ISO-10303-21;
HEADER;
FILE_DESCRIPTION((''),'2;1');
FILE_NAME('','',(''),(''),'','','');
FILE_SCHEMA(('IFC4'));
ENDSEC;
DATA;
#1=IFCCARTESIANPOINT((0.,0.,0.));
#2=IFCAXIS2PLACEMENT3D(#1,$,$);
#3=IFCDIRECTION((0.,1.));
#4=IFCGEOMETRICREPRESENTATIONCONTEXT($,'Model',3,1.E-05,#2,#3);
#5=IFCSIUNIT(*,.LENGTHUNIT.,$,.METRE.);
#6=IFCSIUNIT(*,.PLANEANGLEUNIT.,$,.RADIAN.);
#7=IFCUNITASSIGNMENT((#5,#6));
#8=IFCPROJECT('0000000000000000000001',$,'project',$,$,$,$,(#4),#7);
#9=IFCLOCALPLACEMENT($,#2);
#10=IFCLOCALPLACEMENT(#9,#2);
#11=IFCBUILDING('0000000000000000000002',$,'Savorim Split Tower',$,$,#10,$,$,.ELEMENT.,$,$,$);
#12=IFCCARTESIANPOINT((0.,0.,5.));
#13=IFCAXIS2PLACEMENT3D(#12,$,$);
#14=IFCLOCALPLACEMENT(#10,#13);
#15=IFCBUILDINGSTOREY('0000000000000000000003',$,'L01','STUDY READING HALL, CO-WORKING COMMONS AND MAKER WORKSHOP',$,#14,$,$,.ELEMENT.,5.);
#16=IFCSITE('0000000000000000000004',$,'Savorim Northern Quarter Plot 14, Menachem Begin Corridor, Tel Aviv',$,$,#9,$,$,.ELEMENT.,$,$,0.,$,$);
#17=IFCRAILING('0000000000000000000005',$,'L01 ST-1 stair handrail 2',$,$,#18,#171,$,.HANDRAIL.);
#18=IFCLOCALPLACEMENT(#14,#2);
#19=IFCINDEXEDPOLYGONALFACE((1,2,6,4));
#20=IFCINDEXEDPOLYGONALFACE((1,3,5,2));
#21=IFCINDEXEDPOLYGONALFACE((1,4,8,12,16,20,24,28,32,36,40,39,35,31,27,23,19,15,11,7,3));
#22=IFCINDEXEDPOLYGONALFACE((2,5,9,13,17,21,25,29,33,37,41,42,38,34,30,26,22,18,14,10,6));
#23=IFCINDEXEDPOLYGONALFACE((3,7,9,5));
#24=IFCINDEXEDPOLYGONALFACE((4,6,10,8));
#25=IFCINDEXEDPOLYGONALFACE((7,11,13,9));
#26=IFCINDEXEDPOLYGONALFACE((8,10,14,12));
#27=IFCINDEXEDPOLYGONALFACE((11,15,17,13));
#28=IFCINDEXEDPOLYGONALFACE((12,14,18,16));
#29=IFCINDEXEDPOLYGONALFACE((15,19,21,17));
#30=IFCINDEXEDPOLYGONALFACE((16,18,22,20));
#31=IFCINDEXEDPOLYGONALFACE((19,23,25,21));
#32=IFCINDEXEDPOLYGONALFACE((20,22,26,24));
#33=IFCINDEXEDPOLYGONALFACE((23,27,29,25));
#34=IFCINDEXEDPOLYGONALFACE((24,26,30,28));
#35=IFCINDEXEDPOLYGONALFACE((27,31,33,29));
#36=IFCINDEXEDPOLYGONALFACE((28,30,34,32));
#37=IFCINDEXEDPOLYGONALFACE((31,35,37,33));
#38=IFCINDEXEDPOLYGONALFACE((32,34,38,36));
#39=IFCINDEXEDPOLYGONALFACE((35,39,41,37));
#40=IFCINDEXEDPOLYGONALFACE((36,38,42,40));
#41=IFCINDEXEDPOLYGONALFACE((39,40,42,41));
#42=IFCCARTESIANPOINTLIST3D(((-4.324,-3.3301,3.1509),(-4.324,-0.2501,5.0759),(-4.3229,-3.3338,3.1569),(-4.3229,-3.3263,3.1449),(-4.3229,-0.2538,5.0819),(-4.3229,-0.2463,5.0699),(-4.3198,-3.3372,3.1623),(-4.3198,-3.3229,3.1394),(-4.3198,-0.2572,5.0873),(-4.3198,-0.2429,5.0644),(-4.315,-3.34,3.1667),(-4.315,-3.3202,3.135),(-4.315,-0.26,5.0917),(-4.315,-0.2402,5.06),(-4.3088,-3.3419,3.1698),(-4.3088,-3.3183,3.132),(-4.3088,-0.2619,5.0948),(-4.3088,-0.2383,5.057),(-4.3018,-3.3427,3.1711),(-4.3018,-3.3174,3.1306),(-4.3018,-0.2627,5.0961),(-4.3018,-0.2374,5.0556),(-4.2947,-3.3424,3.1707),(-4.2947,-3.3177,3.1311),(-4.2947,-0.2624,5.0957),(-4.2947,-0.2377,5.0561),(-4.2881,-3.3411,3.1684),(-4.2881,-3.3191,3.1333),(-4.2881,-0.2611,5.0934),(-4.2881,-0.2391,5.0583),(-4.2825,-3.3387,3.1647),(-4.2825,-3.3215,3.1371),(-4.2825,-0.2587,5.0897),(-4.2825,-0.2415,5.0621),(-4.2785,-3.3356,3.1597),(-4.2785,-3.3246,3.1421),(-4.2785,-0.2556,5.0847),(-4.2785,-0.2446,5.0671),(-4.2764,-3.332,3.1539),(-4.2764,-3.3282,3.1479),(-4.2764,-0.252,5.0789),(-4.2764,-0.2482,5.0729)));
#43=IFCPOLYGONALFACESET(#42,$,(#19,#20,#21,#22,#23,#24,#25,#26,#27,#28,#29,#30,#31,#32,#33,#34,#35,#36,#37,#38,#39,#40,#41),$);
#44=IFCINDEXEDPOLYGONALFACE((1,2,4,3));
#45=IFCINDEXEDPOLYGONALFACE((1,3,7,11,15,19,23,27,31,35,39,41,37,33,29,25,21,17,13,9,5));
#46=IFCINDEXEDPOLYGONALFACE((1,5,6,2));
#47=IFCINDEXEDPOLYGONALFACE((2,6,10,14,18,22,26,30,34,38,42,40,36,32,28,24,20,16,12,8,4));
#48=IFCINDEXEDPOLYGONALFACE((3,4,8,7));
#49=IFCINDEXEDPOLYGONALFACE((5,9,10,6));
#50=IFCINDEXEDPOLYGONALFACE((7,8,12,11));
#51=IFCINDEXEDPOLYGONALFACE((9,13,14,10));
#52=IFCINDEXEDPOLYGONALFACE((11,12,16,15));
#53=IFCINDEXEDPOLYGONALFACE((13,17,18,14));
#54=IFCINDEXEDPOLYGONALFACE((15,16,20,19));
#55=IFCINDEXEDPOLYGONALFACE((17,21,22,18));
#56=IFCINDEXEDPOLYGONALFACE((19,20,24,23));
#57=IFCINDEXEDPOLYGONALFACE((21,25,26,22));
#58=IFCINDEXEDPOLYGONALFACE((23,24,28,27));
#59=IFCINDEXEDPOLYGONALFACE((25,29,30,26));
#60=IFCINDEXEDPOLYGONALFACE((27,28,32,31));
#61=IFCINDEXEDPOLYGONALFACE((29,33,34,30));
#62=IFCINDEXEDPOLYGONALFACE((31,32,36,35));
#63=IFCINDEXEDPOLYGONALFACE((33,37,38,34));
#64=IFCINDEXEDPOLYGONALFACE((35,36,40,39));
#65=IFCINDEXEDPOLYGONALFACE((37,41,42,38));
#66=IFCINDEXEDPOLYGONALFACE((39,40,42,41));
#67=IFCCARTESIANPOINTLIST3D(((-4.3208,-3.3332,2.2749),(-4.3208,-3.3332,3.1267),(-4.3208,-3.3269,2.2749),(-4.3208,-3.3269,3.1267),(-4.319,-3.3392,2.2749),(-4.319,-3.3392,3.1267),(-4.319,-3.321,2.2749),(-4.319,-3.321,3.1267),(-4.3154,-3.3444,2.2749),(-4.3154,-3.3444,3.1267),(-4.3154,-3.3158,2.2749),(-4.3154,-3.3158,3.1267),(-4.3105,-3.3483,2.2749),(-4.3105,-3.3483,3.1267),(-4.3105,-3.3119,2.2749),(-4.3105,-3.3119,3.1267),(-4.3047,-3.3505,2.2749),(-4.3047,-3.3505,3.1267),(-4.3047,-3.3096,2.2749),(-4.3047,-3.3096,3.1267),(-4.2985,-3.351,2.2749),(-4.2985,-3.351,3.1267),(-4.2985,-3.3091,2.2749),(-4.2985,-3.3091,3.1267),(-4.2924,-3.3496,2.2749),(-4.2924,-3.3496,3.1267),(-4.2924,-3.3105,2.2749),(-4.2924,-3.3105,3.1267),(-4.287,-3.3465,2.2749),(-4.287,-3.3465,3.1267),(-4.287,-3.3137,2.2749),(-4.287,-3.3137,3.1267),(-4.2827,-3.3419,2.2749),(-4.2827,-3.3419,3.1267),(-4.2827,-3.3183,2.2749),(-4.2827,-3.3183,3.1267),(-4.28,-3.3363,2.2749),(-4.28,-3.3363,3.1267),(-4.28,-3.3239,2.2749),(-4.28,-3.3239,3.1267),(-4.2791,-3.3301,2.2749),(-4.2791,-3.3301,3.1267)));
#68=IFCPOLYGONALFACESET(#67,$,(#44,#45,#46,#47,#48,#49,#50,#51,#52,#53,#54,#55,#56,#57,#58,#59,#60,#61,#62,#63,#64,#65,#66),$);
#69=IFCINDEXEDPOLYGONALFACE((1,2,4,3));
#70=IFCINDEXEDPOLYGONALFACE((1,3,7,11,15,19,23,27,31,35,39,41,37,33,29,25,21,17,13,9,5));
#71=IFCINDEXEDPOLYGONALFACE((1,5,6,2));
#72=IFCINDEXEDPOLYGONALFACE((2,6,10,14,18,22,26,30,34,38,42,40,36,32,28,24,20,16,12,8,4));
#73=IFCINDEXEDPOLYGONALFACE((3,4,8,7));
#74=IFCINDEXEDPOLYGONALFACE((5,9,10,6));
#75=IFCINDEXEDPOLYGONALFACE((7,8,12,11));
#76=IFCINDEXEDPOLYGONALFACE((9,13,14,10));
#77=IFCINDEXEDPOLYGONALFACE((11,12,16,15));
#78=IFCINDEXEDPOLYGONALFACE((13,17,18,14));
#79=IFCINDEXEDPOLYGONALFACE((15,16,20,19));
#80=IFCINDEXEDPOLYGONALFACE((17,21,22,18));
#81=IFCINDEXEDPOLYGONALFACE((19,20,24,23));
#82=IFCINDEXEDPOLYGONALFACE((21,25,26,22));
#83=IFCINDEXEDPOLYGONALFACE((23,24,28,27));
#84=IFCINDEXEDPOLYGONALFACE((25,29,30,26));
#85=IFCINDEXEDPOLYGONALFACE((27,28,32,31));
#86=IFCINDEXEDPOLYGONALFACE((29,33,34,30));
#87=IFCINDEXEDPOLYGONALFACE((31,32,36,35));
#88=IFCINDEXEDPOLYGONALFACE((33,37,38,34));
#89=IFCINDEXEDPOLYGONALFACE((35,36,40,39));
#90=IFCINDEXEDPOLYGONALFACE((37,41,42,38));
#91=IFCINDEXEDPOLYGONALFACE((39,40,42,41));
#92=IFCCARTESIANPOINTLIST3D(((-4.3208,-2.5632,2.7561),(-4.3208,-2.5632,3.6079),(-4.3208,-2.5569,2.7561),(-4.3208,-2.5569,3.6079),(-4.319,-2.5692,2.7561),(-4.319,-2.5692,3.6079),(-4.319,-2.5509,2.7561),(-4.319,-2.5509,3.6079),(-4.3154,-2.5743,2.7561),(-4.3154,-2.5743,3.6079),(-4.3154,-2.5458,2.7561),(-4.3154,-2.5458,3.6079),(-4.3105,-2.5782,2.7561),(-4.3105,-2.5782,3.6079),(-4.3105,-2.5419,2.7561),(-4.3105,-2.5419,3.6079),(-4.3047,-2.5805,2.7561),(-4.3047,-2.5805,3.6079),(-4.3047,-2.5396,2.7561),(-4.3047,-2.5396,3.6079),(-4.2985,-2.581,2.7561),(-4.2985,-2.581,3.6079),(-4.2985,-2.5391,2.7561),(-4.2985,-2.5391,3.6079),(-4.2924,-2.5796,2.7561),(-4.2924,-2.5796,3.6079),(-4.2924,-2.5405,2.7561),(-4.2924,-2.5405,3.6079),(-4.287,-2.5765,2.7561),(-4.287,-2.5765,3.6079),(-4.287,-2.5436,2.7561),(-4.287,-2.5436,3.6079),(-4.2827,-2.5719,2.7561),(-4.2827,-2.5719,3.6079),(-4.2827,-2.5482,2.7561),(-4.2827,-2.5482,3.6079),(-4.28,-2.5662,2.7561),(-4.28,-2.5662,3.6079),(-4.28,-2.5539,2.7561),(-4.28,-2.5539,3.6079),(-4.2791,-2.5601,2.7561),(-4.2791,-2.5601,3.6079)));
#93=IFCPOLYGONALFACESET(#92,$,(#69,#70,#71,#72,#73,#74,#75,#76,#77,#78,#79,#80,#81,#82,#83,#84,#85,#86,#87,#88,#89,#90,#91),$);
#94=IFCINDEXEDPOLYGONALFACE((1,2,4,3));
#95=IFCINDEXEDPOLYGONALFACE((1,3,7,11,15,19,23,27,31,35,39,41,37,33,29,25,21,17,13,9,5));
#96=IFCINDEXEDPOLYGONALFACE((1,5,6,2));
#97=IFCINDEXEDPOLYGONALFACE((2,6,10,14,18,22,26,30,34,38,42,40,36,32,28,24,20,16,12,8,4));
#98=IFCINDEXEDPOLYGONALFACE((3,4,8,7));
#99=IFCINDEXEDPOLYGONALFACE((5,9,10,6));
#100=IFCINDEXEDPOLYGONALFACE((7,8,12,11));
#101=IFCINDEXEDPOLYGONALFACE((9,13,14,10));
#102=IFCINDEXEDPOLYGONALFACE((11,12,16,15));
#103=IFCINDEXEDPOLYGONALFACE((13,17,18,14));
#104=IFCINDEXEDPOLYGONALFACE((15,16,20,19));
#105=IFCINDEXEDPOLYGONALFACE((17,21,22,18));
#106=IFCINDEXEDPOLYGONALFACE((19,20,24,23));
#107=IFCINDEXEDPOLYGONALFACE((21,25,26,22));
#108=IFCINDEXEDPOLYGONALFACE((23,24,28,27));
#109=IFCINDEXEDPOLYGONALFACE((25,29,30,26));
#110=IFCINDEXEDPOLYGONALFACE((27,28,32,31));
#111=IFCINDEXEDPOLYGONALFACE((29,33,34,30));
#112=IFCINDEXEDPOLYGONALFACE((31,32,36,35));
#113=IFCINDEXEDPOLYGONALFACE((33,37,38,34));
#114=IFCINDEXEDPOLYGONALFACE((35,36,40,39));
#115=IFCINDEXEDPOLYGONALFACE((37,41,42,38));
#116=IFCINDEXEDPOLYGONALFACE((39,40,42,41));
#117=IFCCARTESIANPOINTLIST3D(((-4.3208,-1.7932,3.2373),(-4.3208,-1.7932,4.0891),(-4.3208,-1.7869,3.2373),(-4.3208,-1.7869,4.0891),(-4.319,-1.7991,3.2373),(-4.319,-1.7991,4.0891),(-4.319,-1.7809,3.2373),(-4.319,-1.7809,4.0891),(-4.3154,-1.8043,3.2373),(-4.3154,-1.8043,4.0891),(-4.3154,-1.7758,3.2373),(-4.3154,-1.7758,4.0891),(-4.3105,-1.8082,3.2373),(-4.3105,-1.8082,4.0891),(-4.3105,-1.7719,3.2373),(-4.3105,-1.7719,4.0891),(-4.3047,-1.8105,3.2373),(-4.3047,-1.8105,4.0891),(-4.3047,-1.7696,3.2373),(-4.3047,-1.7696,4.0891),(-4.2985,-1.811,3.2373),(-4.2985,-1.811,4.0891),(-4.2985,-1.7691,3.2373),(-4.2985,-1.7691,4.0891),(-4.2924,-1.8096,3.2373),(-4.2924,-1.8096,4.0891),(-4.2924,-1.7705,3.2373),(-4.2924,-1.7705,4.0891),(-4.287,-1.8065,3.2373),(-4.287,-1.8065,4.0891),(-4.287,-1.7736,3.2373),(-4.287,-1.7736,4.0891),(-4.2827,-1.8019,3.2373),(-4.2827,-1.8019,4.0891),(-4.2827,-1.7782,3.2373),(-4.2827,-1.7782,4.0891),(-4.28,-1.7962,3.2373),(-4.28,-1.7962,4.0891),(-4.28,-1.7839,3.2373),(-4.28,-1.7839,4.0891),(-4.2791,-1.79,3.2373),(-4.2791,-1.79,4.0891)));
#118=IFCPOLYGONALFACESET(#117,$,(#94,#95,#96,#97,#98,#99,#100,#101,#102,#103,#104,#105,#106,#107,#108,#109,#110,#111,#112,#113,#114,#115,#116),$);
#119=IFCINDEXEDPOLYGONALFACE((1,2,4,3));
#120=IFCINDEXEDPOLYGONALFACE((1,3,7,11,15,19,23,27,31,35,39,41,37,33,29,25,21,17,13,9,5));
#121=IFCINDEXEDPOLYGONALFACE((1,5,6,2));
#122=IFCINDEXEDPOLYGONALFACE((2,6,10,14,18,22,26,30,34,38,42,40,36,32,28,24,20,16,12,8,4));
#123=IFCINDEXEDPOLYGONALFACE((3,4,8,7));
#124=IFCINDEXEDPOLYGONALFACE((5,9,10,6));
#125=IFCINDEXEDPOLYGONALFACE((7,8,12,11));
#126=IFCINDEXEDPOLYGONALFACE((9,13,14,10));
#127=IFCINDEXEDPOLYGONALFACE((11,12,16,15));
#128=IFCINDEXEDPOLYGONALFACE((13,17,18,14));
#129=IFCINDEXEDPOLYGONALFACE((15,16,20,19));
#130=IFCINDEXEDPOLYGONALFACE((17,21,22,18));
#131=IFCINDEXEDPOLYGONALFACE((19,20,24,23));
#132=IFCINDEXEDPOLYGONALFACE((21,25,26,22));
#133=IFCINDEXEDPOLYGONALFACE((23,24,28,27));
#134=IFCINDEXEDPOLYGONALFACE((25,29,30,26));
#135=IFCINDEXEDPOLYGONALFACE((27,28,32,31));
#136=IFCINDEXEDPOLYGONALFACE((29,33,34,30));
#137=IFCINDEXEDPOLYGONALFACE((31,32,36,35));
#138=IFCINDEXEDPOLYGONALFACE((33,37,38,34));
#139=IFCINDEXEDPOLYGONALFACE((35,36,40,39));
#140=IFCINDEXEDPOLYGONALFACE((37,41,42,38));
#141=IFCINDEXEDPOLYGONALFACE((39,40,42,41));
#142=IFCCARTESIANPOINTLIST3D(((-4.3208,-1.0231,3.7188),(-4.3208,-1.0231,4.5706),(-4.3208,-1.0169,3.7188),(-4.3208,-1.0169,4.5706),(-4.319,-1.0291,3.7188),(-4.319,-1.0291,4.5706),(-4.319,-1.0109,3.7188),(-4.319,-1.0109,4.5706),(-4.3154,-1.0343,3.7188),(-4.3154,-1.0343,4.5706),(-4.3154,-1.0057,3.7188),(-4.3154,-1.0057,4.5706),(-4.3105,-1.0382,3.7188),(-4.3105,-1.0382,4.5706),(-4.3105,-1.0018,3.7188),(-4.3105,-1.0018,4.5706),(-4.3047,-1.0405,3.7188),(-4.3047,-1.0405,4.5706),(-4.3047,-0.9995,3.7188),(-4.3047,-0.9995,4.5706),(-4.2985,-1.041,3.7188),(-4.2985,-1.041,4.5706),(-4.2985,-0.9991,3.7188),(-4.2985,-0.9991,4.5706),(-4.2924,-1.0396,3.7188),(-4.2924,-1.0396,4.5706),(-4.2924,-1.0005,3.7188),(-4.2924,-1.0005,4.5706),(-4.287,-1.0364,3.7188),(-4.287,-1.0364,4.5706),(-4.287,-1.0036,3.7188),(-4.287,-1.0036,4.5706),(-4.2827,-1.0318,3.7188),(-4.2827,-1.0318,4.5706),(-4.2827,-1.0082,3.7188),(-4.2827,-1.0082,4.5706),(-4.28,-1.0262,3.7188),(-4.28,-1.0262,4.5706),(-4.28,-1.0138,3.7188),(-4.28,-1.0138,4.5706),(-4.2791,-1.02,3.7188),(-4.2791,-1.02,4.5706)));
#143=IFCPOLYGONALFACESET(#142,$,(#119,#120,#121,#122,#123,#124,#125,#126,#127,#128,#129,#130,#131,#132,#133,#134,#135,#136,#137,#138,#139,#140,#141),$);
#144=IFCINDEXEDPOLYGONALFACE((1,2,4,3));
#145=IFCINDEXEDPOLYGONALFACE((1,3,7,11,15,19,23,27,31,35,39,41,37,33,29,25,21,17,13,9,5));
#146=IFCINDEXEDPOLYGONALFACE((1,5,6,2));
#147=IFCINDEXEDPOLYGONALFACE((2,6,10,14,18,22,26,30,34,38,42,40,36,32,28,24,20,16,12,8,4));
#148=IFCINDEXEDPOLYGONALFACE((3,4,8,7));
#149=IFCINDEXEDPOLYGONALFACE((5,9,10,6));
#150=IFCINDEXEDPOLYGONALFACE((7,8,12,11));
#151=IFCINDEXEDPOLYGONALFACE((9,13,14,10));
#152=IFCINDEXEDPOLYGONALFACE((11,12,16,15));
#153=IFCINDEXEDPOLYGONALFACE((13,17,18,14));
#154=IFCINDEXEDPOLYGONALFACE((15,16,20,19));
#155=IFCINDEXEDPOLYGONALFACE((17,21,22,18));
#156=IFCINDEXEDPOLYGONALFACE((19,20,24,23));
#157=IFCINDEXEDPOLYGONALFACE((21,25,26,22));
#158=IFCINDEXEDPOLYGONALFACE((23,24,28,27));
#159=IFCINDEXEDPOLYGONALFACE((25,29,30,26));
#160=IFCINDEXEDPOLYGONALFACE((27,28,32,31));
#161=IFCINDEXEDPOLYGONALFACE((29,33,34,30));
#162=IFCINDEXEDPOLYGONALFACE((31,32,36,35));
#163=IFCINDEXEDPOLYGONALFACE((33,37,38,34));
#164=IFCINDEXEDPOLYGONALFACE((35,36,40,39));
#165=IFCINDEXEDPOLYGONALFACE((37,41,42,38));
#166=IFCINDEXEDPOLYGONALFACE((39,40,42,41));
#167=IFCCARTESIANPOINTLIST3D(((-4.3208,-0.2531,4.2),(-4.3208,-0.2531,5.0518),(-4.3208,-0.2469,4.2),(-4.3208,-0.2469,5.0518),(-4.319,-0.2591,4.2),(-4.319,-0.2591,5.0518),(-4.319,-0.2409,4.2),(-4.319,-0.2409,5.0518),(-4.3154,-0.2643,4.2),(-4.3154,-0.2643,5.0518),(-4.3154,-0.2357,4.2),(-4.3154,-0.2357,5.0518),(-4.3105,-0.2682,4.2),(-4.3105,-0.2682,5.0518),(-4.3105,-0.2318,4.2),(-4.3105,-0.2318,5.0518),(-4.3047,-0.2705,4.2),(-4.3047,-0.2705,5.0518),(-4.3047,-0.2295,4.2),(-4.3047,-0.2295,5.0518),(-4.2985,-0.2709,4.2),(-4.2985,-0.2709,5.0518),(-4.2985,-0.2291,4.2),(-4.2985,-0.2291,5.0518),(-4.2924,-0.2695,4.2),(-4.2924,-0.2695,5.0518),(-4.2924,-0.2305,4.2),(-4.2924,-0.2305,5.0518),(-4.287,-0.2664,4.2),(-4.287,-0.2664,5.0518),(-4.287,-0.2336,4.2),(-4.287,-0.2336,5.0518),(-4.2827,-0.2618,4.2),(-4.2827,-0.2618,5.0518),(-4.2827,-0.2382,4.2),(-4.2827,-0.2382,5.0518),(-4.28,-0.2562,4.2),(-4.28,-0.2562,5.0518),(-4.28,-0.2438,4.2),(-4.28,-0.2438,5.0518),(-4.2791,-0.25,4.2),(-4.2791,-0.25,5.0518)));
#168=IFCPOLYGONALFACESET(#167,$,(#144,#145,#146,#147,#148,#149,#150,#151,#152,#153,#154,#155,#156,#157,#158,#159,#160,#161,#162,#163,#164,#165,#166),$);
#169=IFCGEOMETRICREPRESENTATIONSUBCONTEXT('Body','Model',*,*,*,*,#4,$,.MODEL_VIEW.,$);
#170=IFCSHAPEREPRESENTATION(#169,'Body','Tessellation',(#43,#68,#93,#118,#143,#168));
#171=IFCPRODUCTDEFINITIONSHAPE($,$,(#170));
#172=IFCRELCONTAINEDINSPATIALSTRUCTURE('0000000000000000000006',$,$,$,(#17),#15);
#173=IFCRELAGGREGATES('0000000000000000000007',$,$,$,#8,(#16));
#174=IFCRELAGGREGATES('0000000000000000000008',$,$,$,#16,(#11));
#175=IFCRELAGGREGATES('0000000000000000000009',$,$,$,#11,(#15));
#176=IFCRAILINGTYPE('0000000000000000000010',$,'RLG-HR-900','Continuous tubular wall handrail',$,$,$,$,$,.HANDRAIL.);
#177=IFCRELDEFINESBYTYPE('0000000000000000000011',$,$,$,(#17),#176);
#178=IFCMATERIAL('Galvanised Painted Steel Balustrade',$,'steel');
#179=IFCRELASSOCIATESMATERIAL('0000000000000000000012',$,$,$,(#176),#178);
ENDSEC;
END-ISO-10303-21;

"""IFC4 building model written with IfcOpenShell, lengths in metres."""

from ifc_helpers import new_model, si_unit, direction, frame, origin, origin_2d, place, context, subcontext, project, spatial, circle, extrude, material, type_object, element, save


model = new_model("IFC4")

# Units and contexts
model_context = context("Model", 3, precision=1e-05, world=origin(), true_north=direction((0.0, 1.0)))
body_context = subcontext(model_context, "Body", "Model", "MODEL_VIEW")
ifc_project = project(units=[si_unit("LENGTHUNIT", "METRE"), si_unit("PLANEANGLEUNIT", "RADIAN")], contexts=[model_context])

# Site, building, storey
site_placement = place(None, origin())
site = spatial("IfcSite", under=ifc_project, at=site_placement, Name="Savorim Northern Quarter Plot 14, Menachem Begin Corridor, Tel Aviv", CompositionType="ELEMENT", RefElevation=0.0)
building_placement = place(site_placement, origin())
building = spatial("IfcBuilding", under=site, at=building_placement, Name="Savorim Split Tower", CompositionType="ELEMENT")
storey_placement = place(building_placement, frame((0.0, 0.0, 5.0)))
storey = spatial("IfcBuildingStorey", under=building, at=storey_placement, Name="L01", Description="STUDY READING HALL, CO-WORKING COMMONS AND MAKER WORKSHOP", CompositionType="ELEMENT", Elevation=5.0)

# Railing
ifc_material_1 = material(Name="Galvanised Painted Steel Balustrade", Category="steel")
railing_type_1 = type_object("IfcRailingType", Name="RLG-HR-900", Description="Continuous tubular wall handrail", PredefinedType="HANDRAIL", material=ifc_material_1)
railing_1_placement = place(storey_placement, frame((-4.3, -3.3301, 2.2749)))
element("IfcRailing", 1, at=railing_1_placement, inside=storey, type_object=railing_type_1, Name="L01 ST-1 stair handrail 2", PredefinedType="HANDRAIL", context=body_context, shape_type="SweptSolid", body=[
    extrude(circle(Radius=0.0239, at=origin_2d()), frame((0.0, 0.0, 0.876), z_axis=(0.0, 0.847998, 0.529999), x_axis=(-1.0, 0.0, 0.0)), (0.0, 0.0, 1.0), 3.6321),
    extrude(circle(Radius=0.021, at=origin_2d()), origin(), (0.0, 0.0, 1.0), 0.8518),
    extrude(circle(Radius=0.021, at=origin_2d()), frame((0.0, 0.77, 0.4812)), (0.0, 0.0, 1.0), 0.8518),
    extrude(circle(Radius=0.021, at=origin_2d()), frame((0.0, 1.54, 0.9624)), (0.0, 0.0, 1.0), 0.8518),
    extrude(circle(Radius=0.021, at=origin_2d()), frame((0.0, 2.3101, 1.4438)), (0.0, 0.0, 1.0), 0.8518),
    extrude(circle(Radius=0.021, at=origin_2d()), frame((0.0, 3.0801, 1.925)), (0.0, 0.0, 1.0), 0.8518),
])

save(model, "model.ifc")
